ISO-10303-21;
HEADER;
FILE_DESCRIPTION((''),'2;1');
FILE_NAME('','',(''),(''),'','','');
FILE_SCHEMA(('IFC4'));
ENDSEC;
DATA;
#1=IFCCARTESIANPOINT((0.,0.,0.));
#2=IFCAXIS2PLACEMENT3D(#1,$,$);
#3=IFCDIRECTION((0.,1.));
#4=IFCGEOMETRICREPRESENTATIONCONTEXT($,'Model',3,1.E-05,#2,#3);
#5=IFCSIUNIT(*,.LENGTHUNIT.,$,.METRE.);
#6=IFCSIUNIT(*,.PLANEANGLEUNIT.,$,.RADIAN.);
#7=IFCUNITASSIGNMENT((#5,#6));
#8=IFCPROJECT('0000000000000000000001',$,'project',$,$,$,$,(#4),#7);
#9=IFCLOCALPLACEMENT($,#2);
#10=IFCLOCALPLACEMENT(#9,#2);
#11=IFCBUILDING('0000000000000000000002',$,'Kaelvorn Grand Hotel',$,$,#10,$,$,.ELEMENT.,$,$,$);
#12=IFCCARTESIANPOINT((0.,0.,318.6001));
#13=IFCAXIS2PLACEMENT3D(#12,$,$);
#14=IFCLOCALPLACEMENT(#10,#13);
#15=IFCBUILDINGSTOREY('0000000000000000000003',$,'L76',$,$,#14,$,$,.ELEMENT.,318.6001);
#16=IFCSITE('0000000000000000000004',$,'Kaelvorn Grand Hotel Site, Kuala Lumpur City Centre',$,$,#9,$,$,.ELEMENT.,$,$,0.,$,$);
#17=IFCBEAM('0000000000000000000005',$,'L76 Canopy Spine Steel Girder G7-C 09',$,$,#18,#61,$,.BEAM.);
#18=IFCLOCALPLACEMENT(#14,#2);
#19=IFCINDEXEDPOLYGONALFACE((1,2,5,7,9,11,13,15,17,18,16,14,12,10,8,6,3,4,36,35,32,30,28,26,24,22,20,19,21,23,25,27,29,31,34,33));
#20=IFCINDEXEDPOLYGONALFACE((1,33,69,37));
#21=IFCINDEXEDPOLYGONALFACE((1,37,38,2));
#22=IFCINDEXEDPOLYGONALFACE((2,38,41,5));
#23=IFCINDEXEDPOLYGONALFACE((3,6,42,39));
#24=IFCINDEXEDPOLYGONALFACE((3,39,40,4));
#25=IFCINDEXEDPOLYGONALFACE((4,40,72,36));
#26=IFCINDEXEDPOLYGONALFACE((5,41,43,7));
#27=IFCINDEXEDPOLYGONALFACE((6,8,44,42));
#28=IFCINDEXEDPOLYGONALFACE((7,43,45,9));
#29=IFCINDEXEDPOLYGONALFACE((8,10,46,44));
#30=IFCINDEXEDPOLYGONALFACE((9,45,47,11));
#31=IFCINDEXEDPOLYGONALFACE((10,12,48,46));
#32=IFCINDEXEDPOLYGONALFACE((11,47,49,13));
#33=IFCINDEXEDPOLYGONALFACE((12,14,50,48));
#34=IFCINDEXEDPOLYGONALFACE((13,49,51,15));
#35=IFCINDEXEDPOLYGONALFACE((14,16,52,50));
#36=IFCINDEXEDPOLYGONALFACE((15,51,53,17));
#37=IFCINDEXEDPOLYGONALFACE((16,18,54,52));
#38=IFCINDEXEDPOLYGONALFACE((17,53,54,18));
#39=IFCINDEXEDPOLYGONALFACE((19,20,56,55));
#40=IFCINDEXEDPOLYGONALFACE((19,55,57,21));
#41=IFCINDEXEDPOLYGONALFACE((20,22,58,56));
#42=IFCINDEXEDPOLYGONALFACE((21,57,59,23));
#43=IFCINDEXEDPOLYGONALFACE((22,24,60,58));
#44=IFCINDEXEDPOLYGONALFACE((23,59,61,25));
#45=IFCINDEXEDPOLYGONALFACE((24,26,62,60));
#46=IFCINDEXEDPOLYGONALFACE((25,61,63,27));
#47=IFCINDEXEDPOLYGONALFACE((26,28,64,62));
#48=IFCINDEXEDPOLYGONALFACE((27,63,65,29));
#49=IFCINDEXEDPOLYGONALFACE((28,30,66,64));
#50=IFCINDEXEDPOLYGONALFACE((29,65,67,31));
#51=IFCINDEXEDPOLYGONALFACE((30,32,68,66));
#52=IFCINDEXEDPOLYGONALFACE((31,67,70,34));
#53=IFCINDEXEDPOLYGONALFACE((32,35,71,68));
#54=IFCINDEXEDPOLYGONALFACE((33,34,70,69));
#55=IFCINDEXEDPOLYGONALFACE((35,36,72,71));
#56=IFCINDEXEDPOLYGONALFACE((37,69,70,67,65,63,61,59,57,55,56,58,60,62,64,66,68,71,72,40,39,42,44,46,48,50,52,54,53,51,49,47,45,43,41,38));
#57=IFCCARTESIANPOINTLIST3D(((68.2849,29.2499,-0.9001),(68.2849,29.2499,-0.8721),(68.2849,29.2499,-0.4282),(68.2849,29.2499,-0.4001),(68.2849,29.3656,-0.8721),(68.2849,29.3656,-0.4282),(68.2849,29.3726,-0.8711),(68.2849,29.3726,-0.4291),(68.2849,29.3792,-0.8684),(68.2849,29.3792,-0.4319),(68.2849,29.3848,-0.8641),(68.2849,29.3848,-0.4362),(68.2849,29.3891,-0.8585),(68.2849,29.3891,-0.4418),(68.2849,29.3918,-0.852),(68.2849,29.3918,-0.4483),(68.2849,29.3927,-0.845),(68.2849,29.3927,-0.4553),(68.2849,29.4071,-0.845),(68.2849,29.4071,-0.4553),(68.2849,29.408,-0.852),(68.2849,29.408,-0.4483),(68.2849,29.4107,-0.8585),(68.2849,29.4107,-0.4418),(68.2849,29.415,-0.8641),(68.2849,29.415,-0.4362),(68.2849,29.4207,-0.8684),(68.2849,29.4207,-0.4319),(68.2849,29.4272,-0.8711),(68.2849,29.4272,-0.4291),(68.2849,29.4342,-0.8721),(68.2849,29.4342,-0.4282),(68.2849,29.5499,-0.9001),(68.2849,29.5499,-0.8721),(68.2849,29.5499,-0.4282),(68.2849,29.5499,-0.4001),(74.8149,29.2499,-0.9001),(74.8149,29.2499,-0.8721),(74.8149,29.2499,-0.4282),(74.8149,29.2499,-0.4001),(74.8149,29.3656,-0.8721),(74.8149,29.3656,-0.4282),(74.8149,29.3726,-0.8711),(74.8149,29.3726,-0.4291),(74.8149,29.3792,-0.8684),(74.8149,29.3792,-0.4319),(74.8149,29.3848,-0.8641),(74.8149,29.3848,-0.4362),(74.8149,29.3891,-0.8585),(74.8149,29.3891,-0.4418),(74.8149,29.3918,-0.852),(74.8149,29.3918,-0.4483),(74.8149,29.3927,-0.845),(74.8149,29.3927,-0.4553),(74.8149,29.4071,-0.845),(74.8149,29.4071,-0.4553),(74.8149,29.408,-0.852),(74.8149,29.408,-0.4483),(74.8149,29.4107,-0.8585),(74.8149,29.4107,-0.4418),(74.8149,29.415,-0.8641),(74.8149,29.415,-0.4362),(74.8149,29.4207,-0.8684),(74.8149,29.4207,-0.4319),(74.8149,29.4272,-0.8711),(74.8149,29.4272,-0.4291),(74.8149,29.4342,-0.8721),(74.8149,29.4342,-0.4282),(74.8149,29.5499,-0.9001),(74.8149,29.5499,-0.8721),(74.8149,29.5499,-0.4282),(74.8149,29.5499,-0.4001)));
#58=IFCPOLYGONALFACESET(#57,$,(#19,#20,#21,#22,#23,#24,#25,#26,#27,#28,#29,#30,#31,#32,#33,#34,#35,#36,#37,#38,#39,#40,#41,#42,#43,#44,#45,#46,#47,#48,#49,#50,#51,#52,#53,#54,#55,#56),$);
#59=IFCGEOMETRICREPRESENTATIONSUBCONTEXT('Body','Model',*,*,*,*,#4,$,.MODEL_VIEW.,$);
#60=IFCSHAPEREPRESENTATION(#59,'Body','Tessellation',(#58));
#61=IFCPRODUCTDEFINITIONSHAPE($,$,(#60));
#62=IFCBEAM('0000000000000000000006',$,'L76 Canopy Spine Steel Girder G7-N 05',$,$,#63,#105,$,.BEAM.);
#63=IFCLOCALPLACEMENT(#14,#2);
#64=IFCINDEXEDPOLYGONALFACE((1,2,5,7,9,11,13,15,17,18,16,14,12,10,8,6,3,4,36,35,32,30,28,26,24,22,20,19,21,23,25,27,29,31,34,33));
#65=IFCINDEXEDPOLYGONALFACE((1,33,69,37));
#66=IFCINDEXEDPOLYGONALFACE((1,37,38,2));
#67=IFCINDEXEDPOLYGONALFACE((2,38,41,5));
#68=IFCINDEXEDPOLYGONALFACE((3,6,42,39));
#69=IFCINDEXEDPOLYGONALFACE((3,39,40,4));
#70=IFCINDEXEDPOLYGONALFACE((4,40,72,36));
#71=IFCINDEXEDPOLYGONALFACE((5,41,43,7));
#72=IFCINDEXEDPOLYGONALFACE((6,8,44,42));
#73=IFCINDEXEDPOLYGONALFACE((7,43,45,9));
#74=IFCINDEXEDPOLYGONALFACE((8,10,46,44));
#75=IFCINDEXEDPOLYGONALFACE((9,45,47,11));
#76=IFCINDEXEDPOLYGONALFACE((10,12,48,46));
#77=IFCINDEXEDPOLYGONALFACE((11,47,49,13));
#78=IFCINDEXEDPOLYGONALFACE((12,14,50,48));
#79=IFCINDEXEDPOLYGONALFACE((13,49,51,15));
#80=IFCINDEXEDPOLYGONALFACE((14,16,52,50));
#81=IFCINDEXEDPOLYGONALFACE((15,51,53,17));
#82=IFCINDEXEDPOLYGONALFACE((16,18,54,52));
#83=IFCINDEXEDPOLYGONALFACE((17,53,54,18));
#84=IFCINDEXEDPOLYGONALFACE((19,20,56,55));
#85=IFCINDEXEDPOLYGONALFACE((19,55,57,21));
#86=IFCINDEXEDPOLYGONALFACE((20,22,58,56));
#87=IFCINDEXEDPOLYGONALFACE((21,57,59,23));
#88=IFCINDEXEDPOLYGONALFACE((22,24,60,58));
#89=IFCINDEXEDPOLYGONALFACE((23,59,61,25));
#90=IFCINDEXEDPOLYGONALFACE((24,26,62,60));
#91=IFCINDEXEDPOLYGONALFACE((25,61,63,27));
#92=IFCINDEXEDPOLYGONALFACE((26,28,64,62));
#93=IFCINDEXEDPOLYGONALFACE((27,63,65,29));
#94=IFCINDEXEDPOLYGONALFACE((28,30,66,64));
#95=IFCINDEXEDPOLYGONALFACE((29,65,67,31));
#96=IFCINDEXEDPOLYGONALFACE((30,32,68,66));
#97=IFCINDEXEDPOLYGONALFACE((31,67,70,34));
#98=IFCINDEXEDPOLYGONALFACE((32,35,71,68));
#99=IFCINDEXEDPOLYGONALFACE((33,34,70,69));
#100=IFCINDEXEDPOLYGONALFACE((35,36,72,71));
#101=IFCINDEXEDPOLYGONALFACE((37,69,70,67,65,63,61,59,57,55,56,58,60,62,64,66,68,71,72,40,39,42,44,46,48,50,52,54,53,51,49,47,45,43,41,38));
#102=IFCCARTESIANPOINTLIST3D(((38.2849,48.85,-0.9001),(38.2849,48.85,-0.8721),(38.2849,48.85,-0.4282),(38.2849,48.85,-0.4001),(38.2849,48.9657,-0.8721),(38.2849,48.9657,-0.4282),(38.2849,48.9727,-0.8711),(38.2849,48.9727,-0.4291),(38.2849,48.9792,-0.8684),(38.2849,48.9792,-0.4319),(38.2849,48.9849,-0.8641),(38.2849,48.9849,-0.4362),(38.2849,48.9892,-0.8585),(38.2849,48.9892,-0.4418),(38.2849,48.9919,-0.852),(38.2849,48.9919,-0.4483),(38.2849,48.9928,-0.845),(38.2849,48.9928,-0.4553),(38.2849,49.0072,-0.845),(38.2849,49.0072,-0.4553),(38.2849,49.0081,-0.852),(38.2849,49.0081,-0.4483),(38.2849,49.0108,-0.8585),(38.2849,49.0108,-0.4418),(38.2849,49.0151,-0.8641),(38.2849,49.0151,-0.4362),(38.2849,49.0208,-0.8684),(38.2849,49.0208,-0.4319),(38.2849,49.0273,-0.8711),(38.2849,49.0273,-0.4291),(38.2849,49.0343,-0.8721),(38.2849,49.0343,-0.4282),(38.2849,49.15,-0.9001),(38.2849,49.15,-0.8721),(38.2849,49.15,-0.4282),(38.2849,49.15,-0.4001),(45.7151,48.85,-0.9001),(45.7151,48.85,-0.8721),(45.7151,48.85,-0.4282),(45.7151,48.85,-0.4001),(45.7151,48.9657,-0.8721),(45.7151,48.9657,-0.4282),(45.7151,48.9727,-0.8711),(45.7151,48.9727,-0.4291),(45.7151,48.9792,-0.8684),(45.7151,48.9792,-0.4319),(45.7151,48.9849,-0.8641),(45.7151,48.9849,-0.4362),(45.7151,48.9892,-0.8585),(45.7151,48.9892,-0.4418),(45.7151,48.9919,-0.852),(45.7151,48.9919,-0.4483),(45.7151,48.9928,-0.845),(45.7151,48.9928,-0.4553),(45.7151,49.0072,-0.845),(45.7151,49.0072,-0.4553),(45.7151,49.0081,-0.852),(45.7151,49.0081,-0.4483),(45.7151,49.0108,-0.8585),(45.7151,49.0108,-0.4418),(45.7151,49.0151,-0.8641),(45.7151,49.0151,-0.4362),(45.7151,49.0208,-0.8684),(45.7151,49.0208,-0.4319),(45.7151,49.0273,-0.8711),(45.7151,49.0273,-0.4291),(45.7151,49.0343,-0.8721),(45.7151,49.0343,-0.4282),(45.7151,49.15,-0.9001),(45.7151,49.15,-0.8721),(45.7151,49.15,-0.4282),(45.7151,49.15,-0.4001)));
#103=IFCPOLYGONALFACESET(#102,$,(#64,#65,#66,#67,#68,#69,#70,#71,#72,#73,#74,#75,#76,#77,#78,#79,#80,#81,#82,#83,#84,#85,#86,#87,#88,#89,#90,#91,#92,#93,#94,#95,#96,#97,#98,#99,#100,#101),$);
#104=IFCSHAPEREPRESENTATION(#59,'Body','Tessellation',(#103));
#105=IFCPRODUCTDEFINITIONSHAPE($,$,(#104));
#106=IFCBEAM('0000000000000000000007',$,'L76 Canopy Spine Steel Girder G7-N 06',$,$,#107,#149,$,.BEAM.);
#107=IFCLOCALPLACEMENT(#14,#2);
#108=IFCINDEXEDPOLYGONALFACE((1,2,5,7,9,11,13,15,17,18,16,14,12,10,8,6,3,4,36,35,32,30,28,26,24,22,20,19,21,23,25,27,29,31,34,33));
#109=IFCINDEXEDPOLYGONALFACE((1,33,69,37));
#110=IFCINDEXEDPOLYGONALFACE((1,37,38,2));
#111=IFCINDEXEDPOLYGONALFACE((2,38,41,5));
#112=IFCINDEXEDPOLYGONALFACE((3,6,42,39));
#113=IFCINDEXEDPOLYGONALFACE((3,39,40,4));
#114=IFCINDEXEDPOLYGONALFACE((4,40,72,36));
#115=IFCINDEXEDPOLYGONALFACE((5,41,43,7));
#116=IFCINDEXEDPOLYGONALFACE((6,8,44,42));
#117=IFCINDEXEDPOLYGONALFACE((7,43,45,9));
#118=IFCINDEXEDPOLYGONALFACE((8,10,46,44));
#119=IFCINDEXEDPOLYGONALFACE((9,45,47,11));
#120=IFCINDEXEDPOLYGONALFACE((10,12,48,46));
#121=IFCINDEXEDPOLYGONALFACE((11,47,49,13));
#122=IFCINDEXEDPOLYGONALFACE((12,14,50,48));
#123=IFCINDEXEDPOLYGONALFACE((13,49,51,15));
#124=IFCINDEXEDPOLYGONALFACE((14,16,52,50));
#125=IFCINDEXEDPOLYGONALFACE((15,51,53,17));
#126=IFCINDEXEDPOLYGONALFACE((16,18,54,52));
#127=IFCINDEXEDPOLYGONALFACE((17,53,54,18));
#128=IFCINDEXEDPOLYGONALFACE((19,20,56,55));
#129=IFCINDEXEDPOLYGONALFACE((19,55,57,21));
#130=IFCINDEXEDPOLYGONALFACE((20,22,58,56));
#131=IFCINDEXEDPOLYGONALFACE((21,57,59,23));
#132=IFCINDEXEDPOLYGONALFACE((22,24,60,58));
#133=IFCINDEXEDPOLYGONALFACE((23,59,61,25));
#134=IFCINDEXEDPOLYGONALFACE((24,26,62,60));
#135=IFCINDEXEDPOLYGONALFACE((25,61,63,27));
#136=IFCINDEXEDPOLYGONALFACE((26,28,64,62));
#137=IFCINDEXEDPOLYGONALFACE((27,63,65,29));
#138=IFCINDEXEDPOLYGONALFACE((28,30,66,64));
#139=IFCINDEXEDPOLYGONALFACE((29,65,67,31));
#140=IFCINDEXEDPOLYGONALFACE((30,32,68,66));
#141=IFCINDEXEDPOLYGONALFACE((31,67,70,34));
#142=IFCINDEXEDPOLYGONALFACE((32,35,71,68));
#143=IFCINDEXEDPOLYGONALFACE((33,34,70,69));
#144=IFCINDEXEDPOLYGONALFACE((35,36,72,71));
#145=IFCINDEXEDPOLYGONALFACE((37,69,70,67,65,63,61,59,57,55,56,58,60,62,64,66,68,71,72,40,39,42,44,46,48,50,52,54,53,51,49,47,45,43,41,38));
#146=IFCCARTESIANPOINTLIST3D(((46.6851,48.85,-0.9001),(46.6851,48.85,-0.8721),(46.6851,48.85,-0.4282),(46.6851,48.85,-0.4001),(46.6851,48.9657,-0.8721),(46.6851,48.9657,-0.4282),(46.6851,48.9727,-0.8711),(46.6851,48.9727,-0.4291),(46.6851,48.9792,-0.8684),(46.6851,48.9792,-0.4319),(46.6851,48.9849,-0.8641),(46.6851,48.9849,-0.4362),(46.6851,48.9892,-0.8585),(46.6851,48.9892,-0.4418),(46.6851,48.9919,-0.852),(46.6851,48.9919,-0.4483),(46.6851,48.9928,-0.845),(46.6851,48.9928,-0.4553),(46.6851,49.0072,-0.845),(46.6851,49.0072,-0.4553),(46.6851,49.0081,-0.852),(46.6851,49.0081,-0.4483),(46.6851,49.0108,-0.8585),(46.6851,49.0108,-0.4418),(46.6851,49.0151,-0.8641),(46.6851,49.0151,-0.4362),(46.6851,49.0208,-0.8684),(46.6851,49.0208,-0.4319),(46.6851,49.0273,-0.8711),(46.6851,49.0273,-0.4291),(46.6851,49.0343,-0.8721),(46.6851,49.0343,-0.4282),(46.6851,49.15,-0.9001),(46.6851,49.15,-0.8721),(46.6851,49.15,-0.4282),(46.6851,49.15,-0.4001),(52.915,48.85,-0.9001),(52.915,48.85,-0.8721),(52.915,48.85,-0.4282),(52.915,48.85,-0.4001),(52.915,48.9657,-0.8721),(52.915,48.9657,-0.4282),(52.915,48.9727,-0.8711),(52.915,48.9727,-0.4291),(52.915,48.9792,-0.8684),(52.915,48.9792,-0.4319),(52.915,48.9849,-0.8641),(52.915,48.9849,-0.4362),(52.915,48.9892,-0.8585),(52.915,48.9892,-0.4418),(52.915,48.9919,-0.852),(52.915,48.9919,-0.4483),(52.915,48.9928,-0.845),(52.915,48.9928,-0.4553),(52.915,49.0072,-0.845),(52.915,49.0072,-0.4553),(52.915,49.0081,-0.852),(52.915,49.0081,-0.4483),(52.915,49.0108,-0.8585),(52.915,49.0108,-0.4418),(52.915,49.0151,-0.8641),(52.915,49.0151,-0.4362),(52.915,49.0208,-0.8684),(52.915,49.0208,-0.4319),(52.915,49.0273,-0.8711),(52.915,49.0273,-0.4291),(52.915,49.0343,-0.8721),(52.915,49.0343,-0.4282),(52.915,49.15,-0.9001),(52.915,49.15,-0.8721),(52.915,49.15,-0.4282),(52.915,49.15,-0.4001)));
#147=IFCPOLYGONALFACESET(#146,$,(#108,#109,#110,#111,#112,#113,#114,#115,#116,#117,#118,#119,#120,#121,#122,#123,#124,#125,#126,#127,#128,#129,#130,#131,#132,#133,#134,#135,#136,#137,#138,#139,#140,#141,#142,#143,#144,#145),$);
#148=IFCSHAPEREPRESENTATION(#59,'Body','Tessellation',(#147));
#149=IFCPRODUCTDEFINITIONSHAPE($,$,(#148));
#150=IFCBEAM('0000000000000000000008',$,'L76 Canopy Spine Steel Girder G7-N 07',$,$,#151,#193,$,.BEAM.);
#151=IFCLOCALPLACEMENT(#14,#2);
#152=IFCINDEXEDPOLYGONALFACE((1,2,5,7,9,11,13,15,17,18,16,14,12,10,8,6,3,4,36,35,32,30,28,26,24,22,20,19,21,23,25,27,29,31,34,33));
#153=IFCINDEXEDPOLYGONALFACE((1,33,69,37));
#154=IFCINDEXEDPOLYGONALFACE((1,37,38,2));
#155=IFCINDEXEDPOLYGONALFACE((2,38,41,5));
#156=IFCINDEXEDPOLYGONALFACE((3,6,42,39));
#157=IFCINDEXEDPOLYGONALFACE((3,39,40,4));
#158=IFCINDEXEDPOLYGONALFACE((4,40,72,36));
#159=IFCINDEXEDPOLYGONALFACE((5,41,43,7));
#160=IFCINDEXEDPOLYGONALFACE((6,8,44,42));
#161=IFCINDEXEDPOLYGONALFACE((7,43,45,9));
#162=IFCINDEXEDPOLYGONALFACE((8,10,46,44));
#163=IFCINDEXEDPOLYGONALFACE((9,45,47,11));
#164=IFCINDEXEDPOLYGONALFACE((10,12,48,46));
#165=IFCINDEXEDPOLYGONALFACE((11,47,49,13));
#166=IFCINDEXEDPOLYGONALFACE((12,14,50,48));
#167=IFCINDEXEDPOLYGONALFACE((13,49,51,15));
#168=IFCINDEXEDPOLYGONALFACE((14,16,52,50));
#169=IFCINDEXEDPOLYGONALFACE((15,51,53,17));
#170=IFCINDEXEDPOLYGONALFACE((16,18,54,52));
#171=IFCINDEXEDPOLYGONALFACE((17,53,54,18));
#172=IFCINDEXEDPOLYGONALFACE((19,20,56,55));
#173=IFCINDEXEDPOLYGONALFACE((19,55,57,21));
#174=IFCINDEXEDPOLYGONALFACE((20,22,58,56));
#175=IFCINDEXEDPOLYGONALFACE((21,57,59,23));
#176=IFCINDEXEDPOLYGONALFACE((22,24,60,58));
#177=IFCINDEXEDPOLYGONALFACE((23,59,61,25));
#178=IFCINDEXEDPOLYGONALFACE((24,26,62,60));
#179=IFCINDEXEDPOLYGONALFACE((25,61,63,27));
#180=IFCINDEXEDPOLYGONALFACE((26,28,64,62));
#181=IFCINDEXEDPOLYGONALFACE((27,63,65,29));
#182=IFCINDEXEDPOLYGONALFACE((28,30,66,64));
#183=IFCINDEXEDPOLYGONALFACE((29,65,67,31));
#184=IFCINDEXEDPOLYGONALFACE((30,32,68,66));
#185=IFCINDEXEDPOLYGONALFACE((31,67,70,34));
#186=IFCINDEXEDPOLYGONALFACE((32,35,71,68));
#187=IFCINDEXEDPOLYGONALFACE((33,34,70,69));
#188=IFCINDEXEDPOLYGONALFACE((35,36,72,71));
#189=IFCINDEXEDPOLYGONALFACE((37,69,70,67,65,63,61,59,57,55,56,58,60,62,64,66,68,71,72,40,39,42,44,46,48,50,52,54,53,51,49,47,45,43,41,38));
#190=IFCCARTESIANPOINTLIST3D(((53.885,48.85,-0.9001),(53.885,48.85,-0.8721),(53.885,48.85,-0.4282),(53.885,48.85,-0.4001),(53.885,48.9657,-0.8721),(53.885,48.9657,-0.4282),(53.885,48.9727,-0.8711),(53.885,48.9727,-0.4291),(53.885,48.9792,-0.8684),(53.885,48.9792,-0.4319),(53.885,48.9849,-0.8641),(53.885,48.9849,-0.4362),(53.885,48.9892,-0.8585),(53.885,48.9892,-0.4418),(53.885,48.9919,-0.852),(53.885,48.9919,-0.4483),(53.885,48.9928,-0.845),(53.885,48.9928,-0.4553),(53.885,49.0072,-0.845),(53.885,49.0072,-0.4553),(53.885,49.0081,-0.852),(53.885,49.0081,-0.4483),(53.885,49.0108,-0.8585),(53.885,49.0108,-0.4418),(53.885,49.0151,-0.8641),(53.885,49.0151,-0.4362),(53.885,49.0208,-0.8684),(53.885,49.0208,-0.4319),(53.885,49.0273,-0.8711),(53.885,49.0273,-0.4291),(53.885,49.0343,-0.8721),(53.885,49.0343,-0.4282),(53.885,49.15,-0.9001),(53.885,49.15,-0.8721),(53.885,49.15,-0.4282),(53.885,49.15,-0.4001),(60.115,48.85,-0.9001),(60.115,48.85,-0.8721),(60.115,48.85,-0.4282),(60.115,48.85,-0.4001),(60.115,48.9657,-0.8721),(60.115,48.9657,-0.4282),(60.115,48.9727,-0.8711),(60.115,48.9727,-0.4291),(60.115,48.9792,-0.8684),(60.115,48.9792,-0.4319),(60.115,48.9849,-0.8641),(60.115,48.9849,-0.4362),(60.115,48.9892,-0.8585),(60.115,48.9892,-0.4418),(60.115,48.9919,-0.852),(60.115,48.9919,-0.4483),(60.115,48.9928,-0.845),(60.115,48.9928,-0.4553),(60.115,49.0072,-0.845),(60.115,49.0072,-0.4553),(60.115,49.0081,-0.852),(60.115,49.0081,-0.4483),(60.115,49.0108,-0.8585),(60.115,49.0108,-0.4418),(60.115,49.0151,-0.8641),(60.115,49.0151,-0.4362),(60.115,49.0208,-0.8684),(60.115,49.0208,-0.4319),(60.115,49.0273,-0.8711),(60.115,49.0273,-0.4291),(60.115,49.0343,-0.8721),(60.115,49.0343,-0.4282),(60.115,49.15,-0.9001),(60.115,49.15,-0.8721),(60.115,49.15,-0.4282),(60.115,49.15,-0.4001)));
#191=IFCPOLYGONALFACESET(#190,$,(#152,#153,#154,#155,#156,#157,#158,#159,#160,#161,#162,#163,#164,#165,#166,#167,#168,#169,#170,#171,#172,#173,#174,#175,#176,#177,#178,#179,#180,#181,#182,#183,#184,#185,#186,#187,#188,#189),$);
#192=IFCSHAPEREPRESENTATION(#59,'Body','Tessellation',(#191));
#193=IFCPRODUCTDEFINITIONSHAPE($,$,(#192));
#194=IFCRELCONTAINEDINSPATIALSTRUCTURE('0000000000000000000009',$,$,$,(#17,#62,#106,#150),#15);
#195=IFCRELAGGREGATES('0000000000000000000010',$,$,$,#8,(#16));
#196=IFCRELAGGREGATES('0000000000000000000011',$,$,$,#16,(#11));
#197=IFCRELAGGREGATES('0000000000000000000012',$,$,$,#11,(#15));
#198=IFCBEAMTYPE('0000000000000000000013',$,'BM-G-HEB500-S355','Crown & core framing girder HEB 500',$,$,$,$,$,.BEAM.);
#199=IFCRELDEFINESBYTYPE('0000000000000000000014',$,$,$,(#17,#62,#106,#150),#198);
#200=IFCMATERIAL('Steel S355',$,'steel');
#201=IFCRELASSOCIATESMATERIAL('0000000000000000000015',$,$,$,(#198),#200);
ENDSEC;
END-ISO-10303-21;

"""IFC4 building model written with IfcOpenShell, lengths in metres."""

from ifc_helpers import new_model, si_unit, direction, frame, origin, origin_2d, place, context, subcontext, project, spatial, i_section, extrude, material, material_profile, profile_set, type_object, element, save


model = new_model("IFC4")

# Units and contexts
model_context = context("Model", 3, precision=1e-05, world=origin(), true_north=direction((0.0, 1.0)))
body_context = subcontext(model_context, "Body", "Model", "MODEL_VIEW")
ifc_project = project(units=[si_unit("LENGTHUNIT", "METRE"), si_unit("PLANEANGLEUNIT", "RADIAN")], contexts=[model_context])

# Site, building, storey
site_placement = place(None, origin())
site = spatial("IfcSite", under=ifc_project, at=site_placement, Name="Kaelvorn Grand Hotel Site, Kuala Lumpur City Centre", CompositionType="ELEMENT", RefElevation=0.0)
building_placement = place(site_placement, origin())
building = spatial("IfcBuilding", under=site, at=building_placement, Name="Kaelvorn Grand Hotel", CompositionType="ELEMENT")
storey_placement = place(building_placement, frame((0.0, 0.0, 318.6001)))
storey = spatial("IfcBuildingStorey", under=building, at=storey_placement, Name="L76", CompositionType="ELEMENT", Elevation=318.6001)

# Beams
ifc_material_1 = material(Name="Steel S355", Category="steel")
ifc_material_profile_1 = material_profile(ifc_material_1, i_section(OverallWidth=0.3, OverallDepth=0.5, WebThickness=0.0144, FlangeThickness=0.0281, FilletRadius=0.0271, at=origin_2d()), Name="HEB 500")
ifc_profile_set_1 = profile_set([ifc_material_profile_1], Name="Steel S355")
beam_type = type_object("IfcBeamType", Name="BM-G-HEB500-S355", Description="Crown & core framing girder HEB 500", PredefinedType="BEAM", material=ifc_profile_set_1)
beam_1_placement = place(storey_placement, frame((68.2849, 29.3999, -0.6501), z_axis=(1.0, 0.0, 0.0), x_axis=(0.0, 1.0, 0.0)))
element("IfcBeam", 1, at=beam_1_placement, inside=storey, type_object=beam_type, Name="L76 Canopy Spine Steel Girder G7-C 09", PredefinedType="BEAM", context=body_context, shape_type="SweptSolid", body=[
    extrude(i_section(OverallWidth=0.3, OverallDepth=0.5, WebThickness=0.0144, FlangeThickness=0.0281, FilletRadius=0.0271, at=origin_2d()), origin(), (0.0, 0.0, 1.0), 6.53),
])
beam_2_placement = place(storey_placement, frame((38.2849, 49.0, -0.6501), z_axis=(1.0, 0.0, 0.0), x_axis=(0.0, 1.0, 0.0)))
element("IfcBeam", 2, at=beam_2_placement, inside=storey, type_object=beam_type, Name="L76 Canopy Spine Steel Girder G7-N 05", PredefinedType="BEAM", context=body_context, shape_type="SweptSolid", body=[
    extrude(i_section(OverallWidth=0.3, OverallDepth=0.5, WebThickness=0.0144, FlangeThickness=0.0281, FilletRadius=0.0271, at=origin_2d()), origin(), (0.0, 0.0, 1.0), 7.4302),
])
for number, where, z_axis, x_axis, name in (
    (3, (46.6851, 49.0, -0.6501), (1.0, 0.0, 0.0), (0.0, 1.0, 0.0), "L76 Canopy Spine Steel Girder G7-N 06"),
    (4, (53.885, 49.0, -0.6501), (1.0, 0.0, 0.0), (0.0, 1.0, 0.0), "L76 Canopy Spine Steel Girder G7-N 07"),
):
    element("IfcBeam", number, at=place(storey_placement, frame(where, z_axis=z_axis, x_axis=x_axis)), inside=storey, type_object=beam_type, Name=name, PredefinedType="BEAM", context=body_context, shape_type="SweptSolid", body=[
        extrude(i_section(OverallWidth=0.3, OverallDepth=0.5, WebThickness=0.0144, FlangeThickness=0.0281, FilletRadius=0.0271, at=origin_2d()), origin(), (0.0, 0.0, 1.0), 6.23),
    ])

save(model, "model.ifc")
